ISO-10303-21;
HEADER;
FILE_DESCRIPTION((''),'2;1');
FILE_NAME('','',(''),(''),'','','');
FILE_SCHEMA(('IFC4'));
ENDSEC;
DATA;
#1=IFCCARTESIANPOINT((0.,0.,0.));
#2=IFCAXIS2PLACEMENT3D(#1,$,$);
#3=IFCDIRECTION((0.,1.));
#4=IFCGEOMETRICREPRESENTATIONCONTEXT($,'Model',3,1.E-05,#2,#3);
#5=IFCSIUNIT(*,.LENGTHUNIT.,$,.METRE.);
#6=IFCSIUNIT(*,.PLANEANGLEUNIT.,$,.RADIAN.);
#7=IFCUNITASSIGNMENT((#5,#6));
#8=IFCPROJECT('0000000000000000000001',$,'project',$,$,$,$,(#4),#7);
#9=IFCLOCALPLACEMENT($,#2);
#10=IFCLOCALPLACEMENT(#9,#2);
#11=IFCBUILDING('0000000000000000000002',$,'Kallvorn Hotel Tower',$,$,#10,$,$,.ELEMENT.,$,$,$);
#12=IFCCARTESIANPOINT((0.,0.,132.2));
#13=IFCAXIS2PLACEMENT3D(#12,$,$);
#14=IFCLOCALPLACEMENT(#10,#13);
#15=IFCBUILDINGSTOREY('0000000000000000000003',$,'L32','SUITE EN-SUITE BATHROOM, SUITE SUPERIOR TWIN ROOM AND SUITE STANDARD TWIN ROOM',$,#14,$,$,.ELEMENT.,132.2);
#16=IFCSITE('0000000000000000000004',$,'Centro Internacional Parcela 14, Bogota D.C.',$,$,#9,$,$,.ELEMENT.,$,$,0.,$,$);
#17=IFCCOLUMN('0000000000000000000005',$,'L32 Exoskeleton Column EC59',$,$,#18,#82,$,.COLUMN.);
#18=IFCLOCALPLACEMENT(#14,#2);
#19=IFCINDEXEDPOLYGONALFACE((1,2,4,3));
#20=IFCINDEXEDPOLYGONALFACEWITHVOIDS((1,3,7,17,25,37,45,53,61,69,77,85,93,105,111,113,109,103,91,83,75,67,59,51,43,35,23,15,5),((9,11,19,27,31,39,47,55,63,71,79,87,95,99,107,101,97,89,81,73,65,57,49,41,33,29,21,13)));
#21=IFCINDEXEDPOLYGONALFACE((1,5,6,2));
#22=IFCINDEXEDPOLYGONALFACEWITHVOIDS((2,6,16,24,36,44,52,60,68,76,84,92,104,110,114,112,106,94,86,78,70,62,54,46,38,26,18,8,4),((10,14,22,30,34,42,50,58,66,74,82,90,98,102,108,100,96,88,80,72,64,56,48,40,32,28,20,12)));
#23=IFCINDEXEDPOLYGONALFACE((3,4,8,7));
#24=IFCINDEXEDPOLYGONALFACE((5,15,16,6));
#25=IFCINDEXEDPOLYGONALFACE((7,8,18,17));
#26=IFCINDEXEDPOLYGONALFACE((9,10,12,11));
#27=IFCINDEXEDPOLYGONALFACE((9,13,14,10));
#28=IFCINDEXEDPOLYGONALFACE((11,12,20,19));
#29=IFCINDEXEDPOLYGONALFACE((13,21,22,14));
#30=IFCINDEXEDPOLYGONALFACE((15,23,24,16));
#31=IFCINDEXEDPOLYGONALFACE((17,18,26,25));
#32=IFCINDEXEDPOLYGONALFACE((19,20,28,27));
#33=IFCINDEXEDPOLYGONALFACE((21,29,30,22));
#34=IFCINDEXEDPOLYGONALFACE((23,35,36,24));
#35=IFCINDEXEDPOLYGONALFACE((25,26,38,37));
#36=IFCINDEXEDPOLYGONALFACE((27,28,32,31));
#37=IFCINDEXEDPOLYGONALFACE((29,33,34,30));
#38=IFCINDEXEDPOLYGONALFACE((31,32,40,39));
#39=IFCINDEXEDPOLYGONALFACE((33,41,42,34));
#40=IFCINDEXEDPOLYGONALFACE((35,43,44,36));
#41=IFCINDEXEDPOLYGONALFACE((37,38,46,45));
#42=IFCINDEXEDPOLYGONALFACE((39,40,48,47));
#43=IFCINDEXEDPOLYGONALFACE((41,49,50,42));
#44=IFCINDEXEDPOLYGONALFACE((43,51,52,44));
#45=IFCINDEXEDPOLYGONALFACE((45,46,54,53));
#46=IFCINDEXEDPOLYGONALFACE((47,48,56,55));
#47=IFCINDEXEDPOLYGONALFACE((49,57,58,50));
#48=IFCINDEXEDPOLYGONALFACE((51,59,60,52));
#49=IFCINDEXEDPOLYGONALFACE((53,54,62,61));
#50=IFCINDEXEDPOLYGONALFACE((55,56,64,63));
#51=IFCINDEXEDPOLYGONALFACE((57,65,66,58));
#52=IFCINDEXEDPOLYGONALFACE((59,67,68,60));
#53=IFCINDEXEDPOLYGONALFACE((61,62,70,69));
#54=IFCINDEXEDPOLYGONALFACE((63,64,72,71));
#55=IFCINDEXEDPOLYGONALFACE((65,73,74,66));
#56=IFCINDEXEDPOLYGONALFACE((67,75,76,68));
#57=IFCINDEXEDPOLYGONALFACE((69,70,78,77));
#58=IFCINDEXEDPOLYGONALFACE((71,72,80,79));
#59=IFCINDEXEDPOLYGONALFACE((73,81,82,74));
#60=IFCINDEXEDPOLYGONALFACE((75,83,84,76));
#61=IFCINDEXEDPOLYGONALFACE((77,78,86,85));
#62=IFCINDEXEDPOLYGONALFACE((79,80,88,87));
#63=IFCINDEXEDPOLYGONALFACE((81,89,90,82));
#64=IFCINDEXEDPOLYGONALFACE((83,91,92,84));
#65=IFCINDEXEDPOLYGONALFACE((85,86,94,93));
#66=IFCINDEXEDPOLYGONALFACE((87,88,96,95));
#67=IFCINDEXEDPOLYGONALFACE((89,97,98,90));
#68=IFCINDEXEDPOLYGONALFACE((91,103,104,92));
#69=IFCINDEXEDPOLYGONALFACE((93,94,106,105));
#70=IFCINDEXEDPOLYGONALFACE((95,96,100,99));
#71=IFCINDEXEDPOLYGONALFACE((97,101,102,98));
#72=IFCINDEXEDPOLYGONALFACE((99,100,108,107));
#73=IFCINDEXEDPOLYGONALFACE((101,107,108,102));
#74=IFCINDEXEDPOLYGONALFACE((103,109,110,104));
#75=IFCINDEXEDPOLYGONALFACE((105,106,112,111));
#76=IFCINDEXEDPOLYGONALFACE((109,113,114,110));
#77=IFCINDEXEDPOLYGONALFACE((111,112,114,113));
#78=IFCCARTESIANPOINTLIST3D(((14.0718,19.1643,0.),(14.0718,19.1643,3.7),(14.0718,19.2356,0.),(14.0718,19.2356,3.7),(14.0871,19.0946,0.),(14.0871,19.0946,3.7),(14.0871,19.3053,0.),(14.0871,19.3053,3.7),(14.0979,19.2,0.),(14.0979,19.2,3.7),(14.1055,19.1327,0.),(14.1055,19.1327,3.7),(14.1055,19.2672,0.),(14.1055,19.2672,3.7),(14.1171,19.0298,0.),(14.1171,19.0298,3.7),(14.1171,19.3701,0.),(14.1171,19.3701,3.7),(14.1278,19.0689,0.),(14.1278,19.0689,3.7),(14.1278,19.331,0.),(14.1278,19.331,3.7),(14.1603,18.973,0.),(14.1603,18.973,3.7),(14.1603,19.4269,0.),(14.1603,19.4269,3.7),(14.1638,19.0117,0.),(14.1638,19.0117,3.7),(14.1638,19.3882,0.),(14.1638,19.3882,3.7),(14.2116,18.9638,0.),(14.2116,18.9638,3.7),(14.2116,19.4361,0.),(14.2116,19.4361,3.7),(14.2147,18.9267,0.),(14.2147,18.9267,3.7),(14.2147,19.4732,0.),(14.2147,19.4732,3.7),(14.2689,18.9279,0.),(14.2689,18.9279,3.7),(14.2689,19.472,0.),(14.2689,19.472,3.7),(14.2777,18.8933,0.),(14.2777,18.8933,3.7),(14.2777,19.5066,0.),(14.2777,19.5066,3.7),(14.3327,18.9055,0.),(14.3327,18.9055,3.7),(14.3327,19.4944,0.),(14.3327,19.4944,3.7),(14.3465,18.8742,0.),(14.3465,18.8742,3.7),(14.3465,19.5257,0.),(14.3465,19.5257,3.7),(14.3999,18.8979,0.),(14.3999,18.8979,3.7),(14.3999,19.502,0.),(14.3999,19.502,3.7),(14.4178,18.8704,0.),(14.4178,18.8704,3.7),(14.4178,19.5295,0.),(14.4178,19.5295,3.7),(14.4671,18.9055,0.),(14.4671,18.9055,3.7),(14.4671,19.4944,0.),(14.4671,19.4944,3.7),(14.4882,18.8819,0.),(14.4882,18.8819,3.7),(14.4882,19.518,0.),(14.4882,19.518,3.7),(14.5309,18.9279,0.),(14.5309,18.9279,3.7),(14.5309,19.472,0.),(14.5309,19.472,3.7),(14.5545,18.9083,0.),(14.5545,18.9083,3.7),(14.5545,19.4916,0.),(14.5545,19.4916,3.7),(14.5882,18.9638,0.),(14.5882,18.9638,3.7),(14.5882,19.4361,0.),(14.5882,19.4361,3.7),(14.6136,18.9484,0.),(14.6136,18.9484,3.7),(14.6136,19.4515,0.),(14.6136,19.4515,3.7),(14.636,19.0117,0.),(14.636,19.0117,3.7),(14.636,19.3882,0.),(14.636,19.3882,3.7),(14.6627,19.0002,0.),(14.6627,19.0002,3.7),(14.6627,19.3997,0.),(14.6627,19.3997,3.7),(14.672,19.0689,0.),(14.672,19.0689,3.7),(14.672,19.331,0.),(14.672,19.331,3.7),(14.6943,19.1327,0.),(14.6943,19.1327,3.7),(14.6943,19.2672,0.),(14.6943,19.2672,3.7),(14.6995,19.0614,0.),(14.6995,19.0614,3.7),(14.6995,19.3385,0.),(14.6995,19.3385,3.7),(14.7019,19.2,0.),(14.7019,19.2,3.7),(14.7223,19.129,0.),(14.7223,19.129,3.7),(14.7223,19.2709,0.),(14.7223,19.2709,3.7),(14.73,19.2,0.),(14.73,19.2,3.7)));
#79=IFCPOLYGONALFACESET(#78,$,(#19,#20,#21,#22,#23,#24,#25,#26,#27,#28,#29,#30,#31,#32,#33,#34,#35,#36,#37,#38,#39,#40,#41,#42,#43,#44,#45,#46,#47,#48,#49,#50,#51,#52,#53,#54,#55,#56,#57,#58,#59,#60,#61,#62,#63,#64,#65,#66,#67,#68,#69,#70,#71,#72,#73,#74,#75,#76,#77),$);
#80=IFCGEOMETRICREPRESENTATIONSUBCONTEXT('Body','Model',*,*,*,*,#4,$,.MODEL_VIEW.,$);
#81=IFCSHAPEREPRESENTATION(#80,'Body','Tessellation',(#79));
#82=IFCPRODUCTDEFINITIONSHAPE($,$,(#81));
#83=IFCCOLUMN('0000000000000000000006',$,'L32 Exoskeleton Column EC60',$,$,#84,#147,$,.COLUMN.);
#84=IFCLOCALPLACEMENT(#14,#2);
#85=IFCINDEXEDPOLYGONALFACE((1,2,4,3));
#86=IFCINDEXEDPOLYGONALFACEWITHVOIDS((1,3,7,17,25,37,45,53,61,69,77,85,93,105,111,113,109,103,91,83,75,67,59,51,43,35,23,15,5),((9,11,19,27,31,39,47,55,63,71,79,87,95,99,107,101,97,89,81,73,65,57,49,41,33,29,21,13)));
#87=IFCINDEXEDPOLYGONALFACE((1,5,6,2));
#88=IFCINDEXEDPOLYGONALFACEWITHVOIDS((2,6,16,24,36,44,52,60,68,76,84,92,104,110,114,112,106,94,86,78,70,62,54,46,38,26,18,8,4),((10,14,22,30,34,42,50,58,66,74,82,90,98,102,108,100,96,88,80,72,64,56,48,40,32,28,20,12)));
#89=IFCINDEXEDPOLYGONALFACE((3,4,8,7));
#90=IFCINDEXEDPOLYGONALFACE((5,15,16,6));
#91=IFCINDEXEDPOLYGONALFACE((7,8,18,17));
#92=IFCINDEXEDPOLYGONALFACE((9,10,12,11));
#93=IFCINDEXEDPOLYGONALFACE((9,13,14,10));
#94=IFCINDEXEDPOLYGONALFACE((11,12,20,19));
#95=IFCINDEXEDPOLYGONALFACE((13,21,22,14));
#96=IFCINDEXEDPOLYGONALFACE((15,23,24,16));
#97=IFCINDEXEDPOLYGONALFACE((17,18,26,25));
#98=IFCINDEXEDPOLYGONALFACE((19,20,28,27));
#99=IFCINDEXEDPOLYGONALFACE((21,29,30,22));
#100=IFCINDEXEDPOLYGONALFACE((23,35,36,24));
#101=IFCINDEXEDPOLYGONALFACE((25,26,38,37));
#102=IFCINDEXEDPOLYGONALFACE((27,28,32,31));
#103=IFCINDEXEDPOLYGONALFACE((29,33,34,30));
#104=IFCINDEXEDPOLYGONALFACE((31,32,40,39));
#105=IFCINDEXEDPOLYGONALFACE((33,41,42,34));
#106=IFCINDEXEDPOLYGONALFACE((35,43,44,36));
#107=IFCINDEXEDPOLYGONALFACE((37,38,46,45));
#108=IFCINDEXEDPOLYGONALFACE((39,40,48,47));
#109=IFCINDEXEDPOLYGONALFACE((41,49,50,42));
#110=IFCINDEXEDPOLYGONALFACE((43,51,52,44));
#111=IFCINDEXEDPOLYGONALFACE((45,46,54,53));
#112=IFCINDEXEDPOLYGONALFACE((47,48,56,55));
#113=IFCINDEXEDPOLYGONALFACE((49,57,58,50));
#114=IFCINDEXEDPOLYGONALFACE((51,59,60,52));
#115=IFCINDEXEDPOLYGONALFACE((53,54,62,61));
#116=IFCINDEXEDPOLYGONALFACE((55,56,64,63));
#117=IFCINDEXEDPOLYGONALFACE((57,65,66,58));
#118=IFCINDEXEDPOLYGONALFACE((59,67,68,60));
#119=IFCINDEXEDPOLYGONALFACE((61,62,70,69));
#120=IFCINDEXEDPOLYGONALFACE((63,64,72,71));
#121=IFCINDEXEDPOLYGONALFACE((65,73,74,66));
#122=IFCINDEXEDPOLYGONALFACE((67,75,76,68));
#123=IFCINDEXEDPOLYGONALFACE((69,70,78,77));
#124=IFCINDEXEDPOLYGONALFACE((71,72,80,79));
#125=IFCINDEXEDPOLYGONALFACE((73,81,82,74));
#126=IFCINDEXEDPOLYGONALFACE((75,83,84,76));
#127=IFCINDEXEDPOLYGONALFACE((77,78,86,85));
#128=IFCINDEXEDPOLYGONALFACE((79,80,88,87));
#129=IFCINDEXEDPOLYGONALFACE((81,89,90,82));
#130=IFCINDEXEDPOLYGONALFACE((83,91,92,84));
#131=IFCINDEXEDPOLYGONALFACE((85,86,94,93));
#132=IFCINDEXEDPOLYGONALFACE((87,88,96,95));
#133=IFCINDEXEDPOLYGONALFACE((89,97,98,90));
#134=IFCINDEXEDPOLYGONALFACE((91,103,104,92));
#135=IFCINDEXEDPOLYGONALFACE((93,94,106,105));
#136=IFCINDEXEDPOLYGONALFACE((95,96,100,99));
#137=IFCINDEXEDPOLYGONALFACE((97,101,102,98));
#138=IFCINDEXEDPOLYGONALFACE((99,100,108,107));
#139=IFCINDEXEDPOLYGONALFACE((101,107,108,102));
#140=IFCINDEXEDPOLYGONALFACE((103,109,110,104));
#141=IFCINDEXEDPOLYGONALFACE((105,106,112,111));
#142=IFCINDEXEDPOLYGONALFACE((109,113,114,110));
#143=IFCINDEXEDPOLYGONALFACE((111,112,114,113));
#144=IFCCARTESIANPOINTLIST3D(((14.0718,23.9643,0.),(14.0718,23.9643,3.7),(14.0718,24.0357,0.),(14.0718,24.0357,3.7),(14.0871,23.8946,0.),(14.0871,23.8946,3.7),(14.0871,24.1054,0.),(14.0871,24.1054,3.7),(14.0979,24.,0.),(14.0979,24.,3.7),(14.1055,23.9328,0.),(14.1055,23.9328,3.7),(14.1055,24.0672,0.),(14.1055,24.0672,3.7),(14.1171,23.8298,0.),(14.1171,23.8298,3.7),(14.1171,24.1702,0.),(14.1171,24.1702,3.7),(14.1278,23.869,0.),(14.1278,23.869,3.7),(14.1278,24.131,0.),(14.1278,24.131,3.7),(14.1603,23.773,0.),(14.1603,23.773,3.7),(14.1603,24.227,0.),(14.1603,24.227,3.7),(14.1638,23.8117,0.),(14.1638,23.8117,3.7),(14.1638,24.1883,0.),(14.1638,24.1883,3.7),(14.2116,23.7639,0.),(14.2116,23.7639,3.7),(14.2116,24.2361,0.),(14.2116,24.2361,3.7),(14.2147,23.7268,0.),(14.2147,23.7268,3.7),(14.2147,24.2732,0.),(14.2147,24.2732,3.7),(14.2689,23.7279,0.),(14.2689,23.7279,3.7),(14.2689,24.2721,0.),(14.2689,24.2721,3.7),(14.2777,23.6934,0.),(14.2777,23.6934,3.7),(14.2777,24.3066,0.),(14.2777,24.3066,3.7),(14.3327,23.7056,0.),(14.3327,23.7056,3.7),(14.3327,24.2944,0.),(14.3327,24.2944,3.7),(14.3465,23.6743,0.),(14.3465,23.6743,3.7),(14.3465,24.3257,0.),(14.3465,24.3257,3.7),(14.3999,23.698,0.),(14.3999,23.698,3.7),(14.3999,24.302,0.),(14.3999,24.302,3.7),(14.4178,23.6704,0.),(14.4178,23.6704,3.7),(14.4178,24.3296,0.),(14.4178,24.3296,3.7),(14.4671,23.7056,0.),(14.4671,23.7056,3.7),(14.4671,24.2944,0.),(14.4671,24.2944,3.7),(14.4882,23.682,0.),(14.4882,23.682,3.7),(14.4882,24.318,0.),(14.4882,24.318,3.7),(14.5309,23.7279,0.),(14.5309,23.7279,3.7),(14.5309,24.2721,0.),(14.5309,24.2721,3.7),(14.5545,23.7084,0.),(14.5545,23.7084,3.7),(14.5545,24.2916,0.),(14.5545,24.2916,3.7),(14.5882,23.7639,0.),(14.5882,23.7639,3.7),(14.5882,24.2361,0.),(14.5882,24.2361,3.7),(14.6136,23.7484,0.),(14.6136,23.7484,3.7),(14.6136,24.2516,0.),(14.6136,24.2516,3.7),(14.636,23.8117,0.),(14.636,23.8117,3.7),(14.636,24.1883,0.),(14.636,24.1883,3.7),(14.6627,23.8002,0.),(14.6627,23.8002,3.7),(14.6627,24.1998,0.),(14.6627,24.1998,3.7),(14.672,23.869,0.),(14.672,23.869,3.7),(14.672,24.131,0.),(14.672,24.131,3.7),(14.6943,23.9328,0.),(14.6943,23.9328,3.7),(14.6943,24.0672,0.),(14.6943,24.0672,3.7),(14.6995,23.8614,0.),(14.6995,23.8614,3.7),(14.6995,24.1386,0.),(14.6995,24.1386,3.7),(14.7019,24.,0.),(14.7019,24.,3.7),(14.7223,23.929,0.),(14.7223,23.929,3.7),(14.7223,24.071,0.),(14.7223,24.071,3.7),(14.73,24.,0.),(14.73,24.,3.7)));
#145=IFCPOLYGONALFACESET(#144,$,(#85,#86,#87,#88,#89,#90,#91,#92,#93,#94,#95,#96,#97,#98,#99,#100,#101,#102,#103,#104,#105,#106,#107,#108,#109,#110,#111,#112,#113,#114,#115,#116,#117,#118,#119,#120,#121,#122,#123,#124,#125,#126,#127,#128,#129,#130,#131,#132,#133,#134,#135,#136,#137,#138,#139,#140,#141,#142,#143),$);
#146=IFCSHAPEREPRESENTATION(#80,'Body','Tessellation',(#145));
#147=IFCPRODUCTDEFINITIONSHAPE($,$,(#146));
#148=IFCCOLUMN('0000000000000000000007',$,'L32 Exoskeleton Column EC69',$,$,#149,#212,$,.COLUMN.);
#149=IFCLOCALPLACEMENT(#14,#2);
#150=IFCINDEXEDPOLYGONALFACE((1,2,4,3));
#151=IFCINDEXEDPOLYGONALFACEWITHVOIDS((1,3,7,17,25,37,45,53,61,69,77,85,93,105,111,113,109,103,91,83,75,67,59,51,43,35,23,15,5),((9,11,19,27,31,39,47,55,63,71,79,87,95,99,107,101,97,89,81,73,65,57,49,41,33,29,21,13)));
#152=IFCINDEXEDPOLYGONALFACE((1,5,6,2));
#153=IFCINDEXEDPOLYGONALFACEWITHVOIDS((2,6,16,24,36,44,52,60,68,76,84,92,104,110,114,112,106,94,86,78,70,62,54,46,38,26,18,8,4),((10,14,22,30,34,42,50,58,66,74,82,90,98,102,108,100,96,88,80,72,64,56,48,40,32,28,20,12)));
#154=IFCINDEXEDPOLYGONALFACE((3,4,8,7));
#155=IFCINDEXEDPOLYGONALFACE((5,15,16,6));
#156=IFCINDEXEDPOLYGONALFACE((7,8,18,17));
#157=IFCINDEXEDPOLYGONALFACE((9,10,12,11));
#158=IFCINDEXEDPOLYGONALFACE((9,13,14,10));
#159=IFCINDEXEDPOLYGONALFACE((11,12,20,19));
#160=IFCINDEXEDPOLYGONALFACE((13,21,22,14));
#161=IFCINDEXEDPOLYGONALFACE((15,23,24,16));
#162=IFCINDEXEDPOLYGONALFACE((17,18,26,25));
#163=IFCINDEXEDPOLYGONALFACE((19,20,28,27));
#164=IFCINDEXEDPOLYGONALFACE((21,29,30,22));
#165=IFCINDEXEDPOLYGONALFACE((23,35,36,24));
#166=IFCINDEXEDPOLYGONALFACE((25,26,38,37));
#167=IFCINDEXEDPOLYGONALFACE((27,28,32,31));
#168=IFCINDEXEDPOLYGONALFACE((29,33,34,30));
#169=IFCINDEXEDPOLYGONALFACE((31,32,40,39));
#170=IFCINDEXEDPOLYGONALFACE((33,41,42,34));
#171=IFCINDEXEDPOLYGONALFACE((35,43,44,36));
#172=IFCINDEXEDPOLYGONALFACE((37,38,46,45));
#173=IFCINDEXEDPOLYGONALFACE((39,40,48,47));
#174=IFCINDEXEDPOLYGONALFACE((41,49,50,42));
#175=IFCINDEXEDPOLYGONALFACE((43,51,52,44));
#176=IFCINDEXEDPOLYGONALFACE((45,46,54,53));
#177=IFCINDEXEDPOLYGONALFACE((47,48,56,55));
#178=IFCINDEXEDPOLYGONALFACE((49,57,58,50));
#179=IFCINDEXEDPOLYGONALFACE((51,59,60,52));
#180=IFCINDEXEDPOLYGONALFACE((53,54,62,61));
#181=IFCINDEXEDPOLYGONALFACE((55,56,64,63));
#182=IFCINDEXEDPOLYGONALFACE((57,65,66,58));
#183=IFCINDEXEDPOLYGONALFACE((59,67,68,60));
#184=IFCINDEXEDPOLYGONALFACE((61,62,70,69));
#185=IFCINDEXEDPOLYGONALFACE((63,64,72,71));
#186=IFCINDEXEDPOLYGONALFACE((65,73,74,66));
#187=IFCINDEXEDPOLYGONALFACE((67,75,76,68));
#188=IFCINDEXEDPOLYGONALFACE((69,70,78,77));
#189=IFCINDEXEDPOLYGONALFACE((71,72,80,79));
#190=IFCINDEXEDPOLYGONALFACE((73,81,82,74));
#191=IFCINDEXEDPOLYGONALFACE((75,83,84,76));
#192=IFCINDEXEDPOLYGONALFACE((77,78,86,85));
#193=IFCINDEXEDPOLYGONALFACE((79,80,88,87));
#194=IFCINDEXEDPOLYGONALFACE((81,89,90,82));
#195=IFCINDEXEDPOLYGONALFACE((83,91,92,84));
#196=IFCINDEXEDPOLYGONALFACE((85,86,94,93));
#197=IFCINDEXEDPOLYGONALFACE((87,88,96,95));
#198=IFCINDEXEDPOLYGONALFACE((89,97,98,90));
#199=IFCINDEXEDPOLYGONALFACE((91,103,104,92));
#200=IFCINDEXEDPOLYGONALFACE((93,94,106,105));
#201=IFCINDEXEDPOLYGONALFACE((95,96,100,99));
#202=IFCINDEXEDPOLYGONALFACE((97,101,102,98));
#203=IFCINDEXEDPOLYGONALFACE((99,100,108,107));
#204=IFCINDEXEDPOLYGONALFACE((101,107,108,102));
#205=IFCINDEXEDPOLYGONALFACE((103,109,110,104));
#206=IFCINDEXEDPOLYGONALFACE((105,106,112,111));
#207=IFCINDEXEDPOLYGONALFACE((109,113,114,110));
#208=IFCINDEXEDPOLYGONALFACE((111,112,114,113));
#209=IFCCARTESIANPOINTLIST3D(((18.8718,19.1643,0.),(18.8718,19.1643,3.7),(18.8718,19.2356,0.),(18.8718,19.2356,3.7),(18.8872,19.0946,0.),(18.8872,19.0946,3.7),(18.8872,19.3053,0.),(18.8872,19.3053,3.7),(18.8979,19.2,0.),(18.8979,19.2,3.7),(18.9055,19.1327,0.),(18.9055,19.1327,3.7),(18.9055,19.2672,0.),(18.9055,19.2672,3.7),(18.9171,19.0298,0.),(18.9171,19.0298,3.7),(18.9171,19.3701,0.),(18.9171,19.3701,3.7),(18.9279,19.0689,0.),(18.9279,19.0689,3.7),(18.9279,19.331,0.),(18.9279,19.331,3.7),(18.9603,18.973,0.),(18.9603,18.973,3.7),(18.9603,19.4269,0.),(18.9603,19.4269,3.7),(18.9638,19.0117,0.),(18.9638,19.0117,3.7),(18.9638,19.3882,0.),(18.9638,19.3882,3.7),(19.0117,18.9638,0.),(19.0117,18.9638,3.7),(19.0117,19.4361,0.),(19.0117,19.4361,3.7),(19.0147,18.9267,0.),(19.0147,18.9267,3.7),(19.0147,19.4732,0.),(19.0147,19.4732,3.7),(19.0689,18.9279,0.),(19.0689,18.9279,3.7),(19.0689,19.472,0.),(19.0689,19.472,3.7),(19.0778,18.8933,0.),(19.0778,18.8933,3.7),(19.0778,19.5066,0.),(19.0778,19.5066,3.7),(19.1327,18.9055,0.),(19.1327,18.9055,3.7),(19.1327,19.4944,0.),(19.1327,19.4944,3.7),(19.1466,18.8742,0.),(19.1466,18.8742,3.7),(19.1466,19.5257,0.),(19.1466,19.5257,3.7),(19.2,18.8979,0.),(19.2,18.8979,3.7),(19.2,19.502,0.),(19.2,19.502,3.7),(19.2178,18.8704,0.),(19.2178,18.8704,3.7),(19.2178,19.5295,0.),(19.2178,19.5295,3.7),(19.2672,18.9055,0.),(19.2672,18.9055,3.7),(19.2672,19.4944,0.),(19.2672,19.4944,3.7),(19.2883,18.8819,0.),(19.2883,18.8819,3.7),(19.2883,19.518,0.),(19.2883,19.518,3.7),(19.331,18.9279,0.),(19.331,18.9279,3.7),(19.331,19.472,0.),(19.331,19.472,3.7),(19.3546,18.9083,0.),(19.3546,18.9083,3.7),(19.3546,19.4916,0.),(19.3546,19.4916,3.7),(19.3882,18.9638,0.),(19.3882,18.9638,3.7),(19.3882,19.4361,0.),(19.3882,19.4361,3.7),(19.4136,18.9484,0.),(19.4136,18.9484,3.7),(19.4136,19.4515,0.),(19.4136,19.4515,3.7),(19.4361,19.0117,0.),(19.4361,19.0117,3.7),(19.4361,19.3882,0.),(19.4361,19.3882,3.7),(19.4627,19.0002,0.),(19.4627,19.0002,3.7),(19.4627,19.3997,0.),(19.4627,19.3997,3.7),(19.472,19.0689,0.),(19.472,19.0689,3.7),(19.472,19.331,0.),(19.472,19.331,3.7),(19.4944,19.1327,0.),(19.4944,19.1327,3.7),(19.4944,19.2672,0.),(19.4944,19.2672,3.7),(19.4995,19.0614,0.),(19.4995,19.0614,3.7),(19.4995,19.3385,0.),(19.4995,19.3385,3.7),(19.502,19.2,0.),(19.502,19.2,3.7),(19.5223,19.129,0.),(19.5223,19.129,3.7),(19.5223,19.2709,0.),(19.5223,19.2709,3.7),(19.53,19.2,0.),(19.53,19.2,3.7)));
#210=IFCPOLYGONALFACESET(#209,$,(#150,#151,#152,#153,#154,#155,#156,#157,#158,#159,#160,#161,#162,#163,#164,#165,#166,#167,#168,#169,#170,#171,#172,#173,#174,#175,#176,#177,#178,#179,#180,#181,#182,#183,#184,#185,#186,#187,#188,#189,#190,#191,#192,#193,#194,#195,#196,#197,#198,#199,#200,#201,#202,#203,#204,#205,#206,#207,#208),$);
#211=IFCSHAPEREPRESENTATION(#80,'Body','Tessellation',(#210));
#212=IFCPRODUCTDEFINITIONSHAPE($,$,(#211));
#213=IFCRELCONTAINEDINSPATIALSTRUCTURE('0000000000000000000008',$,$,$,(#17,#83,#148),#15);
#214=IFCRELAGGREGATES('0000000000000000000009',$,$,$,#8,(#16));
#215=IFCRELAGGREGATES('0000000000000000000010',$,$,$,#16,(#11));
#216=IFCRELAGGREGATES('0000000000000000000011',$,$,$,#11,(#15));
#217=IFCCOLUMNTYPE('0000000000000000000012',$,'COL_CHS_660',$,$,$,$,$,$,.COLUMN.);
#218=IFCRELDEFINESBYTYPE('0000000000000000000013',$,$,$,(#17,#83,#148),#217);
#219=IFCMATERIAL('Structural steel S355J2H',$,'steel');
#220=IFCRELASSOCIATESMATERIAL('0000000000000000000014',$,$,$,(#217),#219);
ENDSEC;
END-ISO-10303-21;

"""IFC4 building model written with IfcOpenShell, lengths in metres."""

from ifc_helpers import new_model, si_unit, direction, frame, origin, origin_2d, place, context, subcontext, project, spatial, hollow_circle, extrude, material, material_profile, profile_set, type_object, element, save


model = new_model("IFC4")

# Units and contexts
model_context = context("Model", 3, precision=1e-05, world=origin(), true_north=direction((0.0, 1.0)))
body_context = subcontext(model_context, "Body", "Model", "MODEL_VIEW")
ifc_project = project(units=[si_unit("LENGTHUNIT", "METRE"), si_unit("PLANEANGLEUNIT", "RADIAN")], contexts=[model_context])

# Site, building, storey
site_placement = place(None, origin())
site = spatial("IfcSite", under=ifc_project, at=site_placement, Name="Centro Internacional Parcela 14, Bogota D.C.", CompositionType="ELEMENT", RefElevation=0.0)
building_placement = place(site_placement, origin())
building = spatial("IfcBuilding", under=site, at=building_placement, Name="Kallvorn Hotel Tower", CompositionType="ELEMENT")
storey_placement = place(building_placement, frame((0.0, 0.0, 132.2)))
storey = spatial("IfcBuildingStorey", under=building, at=storey_placement, Name="L32", Description="SUITE EN-SUITE BATHROOM, SUITE SUPERIOR TWIN ROOM AND SUITE STANDARD TWIN ROOM", CompositionType="ELEMENT", Elevation=132.2)

# Columns
ifc_material_1 = material(Name="Structural steel S355J2H", Category="steel")
ifc_material_profile_1 = material_profile(ifc_material_1, hollow_circle(Radius=0.3301, WallThickness=0.0281, at=origin_2d()), Name="CHS 660x28")
ifc_profile_set_1 = profile_set([ifc_material_profile_1], Name="Structural steel S355J2H")
column_type = type_object("IfcColumnType", Name="COL_CHS_660", PredefinedType="COLUMN", material=ifc_profile_set_1)
for number, where, z_axis, x_axis, name in (
    (1, (14.3999, 19.2, 0.0), (0.0, 0.0, 1.0), (1.0, 0.0, 0.0), "L32 Exoskeleton Column EC59"),
    (2, (14.3999, 24.0, 0.0), (0.0, 0.0, 1.0), (1.0, 0.0, 0.0), "L32 Exoskeleton Column EC60"),
    (3, (19.2, 19.2, 0.0), (0.0, 0.0, 1.0), (1.0, 0.0, 0.0), "L32 Exoskeleton Column EC69"),
):
    element("IfcColumn", number, at=place(storey_placement, frame(where, z_axis=z_axis, x_axis=x_axis)), inside=storey, type_object=column_type, Name=name, PredefinedType="COLUMN", context=body_context, shape_type="SweptSolid", body=[
        extrude(hollow_circle(Radius=0.3301, WallThickness=0.0281, at=origin_2d()), origin(), (0.0, 0.0, 1.0), 3.7),
    ])

save(model, "model.ifc")
